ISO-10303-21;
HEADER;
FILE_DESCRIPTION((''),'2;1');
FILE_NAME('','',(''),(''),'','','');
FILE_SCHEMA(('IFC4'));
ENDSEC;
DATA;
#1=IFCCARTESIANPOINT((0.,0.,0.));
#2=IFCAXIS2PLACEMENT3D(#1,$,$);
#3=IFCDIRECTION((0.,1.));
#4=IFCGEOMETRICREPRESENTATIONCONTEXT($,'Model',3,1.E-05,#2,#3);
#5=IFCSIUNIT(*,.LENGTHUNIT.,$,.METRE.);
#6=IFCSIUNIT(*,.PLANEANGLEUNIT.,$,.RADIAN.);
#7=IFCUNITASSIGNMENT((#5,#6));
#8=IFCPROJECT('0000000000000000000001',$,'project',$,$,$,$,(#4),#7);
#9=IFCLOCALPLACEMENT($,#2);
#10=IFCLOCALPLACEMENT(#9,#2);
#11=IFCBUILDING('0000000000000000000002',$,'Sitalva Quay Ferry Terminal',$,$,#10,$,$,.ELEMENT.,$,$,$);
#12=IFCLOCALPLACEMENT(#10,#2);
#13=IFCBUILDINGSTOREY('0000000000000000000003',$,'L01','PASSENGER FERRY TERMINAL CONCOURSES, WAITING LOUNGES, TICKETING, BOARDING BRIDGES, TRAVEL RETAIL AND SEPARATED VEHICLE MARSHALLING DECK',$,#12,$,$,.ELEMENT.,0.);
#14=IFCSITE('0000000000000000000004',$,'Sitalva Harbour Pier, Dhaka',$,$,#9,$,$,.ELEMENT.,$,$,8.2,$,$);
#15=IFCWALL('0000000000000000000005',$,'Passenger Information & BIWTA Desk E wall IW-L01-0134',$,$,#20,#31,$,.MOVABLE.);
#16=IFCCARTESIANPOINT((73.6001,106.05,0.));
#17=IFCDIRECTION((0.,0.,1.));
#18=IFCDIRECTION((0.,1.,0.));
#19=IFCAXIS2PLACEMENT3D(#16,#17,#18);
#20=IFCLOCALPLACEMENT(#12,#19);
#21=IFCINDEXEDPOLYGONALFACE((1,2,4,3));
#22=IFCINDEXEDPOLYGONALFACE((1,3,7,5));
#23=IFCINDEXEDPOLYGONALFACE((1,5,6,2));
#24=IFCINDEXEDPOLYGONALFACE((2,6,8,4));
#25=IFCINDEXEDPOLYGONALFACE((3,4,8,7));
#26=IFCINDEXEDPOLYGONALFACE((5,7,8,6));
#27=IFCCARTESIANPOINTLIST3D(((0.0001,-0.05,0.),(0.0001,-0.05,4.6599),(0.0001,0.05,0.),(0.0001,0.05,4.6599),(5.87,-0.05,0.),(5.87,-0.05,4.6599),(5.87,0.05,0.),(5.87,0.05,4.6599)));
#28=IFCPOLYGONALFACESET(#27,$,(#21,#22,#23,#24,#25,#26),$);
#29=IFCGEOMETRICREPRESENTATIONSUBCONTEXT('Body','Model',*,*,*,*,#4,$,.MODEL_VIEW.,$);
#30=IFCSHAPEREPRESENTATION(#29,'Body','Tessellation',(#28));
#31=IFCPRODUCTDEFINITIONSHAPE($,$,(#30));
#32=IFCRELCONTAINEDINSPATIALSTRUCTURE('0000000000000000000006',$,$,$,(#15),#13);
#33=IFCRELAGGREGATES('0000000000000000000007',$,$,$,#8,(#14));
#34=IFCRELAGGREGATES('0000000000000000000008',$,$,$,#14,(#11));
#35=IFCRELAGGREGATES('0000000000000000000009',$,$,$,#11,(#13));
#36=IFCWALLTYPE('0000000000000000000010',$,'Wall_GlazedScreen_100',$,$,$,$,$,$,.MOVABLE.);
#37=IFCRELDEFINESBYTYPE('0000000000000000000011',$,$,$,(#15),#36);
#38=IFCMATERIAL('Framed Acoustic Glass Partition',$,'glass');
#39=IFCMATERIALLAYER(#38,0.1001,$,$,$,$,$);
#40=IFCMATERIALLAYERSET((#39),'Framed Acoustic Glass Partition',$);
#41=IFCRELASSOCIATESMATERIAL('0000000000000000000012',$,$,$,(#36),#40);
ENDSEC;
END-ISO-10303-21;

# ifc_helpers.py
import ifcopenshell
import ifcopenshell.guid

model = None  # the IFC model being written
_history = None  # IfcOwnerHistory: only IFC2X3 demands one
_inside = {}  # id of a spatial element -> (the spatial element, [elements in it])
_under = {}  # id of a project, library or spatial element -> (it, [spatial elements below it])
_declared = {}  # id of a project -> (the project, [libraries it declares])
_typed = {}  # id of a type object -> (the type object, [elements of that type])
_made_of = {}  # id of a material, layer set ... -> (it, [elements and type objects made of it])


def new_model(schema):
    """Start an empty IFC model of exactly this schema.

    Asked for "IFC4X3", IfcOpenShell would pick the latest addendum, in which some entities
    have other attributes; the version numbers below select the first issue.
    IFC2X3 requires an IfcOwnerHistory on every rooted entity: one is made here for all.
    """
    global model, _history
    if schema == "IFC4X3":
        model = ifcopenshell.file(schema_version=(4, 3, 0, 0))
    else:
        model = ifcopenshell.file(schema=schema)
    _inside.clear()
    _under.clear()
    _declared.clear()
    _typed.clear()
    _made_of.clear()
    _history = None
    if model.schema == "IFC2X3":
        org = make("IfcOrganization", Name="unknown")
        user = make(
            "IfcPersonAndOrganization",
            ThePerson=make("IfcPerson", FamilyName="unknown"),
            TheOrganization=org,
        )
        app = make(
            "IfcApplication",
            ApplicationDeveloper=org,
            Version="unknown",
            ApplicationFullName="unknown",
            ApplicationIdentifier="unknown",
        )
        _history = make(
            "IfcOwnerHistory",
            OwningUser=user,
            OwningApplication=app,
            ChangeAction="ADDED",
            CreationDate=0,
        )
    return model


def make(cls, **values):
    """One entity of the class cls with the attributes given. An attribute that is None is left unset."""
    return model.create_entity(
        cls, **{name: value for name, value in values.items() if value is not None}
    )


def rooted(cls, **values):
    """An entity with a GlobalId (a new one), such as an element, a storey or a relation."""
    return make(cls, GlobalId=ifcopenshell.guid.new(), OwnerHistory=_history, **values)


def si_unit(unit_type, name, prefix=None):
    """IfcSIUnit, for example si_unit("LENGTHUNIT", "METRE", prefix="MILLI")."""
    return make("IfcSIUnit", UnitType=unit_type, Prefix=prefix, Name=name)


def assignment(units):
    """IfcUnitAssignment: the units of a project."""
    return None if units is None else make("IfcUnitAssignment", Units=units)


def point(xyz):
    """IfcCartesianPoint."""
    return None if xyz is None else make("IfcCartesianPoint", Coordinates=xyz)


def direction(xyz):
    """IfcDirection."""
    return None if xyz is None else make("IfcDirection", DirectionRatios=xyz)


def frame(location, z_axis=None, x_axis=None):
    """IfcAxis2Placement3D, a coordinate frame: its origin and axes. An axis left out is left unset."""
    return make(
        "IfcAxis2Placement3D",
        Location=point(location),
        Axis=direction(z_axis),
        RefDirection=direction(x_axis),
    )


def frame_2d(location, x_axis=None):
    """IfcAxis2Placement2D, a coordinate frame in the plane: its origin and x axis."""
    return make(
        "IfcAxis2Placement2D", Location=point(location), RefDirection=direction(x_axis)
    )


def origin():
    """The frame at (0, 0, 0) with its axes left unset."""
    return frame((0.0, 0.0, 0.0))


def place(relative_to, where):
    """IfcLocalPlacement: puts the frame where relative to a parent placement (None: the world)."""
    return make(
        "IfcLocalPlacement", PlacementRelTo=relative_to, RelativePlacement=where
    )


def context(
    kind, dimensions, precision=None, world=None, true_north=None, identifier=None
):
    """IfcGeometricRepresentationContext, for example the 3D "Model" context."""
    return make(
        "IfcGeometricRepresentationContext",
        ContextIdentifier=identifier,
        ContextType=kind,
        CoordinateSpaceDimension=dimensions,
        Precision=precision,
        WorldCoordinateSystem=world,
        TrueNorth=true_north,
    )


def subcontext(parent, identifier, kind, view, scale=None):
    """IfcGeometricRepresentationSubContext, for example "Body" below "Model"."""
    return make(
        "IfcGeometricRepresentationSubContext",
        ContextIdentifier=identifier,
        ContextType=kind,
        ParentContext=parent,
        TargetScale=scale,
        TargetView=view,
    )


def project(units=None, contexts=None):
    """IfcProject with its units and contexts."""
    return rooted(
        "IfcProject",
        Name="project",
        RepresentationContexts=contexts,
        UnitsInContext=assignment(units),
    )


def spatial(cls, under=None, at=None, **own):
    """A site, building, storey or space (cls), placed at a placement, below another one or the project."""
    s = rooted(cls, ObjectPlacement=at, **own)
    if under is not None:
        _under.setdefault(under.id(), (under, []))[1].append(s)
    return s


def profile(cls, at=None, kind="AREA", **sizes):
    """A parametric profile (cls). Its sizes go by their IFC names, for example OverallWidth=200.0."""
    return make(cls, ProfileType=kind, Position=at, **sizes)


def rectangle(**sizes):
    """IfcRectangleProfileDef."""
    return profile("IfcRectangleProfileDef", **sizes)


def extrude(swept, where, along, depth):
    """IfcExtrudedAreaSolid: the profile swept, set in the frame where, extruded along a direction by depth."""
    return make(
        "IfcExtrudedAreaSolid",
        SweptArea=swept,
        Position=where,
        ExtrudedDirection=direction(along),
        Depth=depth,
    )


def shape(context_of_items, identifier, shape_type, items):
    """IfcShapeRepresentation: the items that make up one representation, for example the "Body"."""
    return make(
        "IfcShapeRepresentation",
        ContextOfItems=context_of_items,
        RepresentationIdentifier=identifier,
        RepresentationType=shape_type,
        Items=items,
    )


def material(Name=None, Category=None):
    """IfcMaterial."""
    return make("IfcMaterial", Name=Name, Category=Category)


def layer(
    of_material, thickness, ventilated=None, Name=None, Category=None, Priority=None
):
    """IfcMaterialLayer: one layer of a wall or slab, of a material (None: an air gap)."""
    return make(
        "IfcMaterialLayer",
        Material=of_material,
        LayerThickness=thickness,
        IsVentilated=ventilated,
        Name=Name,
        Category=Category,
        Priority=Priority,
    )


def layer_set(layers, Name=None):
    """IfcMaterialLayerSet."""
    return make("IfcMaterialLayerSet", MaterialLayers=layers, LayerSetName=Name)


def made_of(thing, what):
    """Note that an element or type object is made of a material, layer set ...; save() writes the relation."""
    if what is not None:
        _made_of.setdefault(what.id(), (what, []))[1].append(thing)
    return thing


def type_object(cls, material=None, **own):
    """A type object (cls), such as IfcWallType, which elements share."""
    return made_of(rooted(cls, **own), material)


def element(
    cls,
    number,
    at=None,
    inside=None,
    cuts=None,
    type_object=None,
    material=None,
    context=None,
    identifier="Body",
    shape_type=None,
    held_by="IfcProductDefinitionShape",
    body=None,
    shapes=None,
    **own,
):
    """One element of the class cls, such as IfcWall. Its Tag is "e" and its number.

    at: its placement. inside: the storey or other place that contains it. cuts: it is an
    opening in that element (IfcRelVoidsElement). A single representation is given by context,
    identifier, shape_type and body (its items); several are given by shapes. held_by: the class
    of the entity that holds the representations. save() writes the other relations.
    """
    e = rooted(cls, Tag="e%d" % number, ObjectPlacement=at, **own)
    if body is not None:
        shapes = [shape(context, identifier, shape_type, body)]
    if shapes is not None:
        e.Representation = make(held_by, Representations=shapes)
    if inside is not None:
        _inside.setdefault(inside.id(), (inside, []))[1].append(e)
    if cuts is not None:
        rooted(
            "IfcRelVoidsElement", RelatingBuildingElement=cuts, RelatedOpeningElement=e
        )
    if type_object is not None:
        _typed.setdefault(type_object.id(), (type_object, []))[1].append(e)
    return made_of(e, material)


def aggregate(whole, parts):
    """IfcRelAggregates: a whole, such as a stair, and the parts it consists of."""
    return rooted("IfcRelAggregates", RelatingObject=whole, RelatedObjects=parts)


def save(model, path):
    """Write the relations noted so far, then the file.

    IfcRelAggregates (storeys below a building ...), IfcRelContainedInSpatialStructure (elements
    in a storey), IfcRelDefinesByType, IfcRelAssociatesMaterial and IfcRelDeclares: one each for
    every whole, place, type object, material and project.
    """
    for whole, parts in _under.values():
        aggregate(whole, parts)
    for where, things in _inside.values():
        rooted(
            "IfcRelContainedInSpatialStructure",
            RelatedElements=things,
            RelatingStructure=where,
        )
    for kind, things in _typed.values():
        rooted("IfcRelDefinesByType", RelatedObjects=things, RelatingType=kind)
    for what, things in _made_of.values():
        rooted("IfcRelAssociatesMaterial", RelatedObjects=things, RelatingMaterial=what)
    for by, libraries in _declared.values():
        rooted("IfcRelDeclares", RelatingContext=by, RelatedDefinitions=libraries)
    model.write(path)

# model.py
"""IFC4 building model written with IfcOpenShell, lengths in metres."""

from ifc_helpers import new_model, si_unit, direction, frame, frame_2d, origin, place, context, subcontext, project, spatial, rectangle, extrude, material, layer, layer_set, type_object, element, save


model = new_model("IFC4")

# Units and contexts
model_context = context("Model", 3, precision=1e-05, world=origin(), true_north=direction((0.0, 1.0)))
body_context = subcontext(model_context, "Body", "Model", "MODEL_VIEW")
ifc_project = project(units=[si_unit("LENGTHUNIT", "METRE"), si_unit("PLANEANGLEUNIT", "RADIAN")], contexts=[model_context])

# Site, building, storey
site_placement = place(None, origin())
site = spatial("IfcSite", under=ifc_project, at=site_placement, Name="Sitalva Harbour Pier, Dhaka", CompositionType="ELEMENT", RefElevation=8.2)
building_placement = place(site_placement, origin())
building = spatial("IfcBuilding", under=site, at=building_placement, Name="Sitalva Quay Ferry Terminal", CompositionType="ELEMENT")
storey_placement = place(building_placement, origin())
storey = spatial("IfcBuildingStorey", under=building, at=storey_placement, Name="L01", Description="PASSENGER FERRY TERMINAL CONCOURSES, WAITING LOUNGES, TICKETING, BOARDING BRIDGES, TRAVEL RETAIL AND SEPARATED VEHICLE MARSHALLING DECK", CompositionType="ELEMENT", Elevation=0.0)

# Wall
ifc_material_1 = material(Name="Framed Acoustic Glass Partition", Category="glass")
ifc_layer_1 = layer(ifc_material_1, 0.1001)
ifc_layer_set_1 = layer_set([ifc_layer_1], Name="Framed Acoustic Glass Partition")
wall_type = type_object("IfcWallType", Name="Wall_GlazedScreen_100", PredefinedType="MOVABLE", material=ifc_layer_set_1)
wall_placement = place(storey_placement, frame((73.6001, 106.05, 0.0), z_axis=(0.0, 0.0, 1.0), x_axis=(0.0, 1.0, 0.0)))
element("IfcWall", 1, at=wall_placement, inside=storey, type_object=wall_type, Name="Passenger Information & BIWTA Desk E wall IW-L01-0134", PredefinedType="MOVABLE", context=body_context, shape_type="SweptSolid", body=[
    extrude(rectangle(XDim=5.8699, YDim=0.1001, at=frame_2d((2.9351, 0.0))), origin(), (0.0, 0.0, 1.0), 4.6599),
])

save(model, "model.ifc")
